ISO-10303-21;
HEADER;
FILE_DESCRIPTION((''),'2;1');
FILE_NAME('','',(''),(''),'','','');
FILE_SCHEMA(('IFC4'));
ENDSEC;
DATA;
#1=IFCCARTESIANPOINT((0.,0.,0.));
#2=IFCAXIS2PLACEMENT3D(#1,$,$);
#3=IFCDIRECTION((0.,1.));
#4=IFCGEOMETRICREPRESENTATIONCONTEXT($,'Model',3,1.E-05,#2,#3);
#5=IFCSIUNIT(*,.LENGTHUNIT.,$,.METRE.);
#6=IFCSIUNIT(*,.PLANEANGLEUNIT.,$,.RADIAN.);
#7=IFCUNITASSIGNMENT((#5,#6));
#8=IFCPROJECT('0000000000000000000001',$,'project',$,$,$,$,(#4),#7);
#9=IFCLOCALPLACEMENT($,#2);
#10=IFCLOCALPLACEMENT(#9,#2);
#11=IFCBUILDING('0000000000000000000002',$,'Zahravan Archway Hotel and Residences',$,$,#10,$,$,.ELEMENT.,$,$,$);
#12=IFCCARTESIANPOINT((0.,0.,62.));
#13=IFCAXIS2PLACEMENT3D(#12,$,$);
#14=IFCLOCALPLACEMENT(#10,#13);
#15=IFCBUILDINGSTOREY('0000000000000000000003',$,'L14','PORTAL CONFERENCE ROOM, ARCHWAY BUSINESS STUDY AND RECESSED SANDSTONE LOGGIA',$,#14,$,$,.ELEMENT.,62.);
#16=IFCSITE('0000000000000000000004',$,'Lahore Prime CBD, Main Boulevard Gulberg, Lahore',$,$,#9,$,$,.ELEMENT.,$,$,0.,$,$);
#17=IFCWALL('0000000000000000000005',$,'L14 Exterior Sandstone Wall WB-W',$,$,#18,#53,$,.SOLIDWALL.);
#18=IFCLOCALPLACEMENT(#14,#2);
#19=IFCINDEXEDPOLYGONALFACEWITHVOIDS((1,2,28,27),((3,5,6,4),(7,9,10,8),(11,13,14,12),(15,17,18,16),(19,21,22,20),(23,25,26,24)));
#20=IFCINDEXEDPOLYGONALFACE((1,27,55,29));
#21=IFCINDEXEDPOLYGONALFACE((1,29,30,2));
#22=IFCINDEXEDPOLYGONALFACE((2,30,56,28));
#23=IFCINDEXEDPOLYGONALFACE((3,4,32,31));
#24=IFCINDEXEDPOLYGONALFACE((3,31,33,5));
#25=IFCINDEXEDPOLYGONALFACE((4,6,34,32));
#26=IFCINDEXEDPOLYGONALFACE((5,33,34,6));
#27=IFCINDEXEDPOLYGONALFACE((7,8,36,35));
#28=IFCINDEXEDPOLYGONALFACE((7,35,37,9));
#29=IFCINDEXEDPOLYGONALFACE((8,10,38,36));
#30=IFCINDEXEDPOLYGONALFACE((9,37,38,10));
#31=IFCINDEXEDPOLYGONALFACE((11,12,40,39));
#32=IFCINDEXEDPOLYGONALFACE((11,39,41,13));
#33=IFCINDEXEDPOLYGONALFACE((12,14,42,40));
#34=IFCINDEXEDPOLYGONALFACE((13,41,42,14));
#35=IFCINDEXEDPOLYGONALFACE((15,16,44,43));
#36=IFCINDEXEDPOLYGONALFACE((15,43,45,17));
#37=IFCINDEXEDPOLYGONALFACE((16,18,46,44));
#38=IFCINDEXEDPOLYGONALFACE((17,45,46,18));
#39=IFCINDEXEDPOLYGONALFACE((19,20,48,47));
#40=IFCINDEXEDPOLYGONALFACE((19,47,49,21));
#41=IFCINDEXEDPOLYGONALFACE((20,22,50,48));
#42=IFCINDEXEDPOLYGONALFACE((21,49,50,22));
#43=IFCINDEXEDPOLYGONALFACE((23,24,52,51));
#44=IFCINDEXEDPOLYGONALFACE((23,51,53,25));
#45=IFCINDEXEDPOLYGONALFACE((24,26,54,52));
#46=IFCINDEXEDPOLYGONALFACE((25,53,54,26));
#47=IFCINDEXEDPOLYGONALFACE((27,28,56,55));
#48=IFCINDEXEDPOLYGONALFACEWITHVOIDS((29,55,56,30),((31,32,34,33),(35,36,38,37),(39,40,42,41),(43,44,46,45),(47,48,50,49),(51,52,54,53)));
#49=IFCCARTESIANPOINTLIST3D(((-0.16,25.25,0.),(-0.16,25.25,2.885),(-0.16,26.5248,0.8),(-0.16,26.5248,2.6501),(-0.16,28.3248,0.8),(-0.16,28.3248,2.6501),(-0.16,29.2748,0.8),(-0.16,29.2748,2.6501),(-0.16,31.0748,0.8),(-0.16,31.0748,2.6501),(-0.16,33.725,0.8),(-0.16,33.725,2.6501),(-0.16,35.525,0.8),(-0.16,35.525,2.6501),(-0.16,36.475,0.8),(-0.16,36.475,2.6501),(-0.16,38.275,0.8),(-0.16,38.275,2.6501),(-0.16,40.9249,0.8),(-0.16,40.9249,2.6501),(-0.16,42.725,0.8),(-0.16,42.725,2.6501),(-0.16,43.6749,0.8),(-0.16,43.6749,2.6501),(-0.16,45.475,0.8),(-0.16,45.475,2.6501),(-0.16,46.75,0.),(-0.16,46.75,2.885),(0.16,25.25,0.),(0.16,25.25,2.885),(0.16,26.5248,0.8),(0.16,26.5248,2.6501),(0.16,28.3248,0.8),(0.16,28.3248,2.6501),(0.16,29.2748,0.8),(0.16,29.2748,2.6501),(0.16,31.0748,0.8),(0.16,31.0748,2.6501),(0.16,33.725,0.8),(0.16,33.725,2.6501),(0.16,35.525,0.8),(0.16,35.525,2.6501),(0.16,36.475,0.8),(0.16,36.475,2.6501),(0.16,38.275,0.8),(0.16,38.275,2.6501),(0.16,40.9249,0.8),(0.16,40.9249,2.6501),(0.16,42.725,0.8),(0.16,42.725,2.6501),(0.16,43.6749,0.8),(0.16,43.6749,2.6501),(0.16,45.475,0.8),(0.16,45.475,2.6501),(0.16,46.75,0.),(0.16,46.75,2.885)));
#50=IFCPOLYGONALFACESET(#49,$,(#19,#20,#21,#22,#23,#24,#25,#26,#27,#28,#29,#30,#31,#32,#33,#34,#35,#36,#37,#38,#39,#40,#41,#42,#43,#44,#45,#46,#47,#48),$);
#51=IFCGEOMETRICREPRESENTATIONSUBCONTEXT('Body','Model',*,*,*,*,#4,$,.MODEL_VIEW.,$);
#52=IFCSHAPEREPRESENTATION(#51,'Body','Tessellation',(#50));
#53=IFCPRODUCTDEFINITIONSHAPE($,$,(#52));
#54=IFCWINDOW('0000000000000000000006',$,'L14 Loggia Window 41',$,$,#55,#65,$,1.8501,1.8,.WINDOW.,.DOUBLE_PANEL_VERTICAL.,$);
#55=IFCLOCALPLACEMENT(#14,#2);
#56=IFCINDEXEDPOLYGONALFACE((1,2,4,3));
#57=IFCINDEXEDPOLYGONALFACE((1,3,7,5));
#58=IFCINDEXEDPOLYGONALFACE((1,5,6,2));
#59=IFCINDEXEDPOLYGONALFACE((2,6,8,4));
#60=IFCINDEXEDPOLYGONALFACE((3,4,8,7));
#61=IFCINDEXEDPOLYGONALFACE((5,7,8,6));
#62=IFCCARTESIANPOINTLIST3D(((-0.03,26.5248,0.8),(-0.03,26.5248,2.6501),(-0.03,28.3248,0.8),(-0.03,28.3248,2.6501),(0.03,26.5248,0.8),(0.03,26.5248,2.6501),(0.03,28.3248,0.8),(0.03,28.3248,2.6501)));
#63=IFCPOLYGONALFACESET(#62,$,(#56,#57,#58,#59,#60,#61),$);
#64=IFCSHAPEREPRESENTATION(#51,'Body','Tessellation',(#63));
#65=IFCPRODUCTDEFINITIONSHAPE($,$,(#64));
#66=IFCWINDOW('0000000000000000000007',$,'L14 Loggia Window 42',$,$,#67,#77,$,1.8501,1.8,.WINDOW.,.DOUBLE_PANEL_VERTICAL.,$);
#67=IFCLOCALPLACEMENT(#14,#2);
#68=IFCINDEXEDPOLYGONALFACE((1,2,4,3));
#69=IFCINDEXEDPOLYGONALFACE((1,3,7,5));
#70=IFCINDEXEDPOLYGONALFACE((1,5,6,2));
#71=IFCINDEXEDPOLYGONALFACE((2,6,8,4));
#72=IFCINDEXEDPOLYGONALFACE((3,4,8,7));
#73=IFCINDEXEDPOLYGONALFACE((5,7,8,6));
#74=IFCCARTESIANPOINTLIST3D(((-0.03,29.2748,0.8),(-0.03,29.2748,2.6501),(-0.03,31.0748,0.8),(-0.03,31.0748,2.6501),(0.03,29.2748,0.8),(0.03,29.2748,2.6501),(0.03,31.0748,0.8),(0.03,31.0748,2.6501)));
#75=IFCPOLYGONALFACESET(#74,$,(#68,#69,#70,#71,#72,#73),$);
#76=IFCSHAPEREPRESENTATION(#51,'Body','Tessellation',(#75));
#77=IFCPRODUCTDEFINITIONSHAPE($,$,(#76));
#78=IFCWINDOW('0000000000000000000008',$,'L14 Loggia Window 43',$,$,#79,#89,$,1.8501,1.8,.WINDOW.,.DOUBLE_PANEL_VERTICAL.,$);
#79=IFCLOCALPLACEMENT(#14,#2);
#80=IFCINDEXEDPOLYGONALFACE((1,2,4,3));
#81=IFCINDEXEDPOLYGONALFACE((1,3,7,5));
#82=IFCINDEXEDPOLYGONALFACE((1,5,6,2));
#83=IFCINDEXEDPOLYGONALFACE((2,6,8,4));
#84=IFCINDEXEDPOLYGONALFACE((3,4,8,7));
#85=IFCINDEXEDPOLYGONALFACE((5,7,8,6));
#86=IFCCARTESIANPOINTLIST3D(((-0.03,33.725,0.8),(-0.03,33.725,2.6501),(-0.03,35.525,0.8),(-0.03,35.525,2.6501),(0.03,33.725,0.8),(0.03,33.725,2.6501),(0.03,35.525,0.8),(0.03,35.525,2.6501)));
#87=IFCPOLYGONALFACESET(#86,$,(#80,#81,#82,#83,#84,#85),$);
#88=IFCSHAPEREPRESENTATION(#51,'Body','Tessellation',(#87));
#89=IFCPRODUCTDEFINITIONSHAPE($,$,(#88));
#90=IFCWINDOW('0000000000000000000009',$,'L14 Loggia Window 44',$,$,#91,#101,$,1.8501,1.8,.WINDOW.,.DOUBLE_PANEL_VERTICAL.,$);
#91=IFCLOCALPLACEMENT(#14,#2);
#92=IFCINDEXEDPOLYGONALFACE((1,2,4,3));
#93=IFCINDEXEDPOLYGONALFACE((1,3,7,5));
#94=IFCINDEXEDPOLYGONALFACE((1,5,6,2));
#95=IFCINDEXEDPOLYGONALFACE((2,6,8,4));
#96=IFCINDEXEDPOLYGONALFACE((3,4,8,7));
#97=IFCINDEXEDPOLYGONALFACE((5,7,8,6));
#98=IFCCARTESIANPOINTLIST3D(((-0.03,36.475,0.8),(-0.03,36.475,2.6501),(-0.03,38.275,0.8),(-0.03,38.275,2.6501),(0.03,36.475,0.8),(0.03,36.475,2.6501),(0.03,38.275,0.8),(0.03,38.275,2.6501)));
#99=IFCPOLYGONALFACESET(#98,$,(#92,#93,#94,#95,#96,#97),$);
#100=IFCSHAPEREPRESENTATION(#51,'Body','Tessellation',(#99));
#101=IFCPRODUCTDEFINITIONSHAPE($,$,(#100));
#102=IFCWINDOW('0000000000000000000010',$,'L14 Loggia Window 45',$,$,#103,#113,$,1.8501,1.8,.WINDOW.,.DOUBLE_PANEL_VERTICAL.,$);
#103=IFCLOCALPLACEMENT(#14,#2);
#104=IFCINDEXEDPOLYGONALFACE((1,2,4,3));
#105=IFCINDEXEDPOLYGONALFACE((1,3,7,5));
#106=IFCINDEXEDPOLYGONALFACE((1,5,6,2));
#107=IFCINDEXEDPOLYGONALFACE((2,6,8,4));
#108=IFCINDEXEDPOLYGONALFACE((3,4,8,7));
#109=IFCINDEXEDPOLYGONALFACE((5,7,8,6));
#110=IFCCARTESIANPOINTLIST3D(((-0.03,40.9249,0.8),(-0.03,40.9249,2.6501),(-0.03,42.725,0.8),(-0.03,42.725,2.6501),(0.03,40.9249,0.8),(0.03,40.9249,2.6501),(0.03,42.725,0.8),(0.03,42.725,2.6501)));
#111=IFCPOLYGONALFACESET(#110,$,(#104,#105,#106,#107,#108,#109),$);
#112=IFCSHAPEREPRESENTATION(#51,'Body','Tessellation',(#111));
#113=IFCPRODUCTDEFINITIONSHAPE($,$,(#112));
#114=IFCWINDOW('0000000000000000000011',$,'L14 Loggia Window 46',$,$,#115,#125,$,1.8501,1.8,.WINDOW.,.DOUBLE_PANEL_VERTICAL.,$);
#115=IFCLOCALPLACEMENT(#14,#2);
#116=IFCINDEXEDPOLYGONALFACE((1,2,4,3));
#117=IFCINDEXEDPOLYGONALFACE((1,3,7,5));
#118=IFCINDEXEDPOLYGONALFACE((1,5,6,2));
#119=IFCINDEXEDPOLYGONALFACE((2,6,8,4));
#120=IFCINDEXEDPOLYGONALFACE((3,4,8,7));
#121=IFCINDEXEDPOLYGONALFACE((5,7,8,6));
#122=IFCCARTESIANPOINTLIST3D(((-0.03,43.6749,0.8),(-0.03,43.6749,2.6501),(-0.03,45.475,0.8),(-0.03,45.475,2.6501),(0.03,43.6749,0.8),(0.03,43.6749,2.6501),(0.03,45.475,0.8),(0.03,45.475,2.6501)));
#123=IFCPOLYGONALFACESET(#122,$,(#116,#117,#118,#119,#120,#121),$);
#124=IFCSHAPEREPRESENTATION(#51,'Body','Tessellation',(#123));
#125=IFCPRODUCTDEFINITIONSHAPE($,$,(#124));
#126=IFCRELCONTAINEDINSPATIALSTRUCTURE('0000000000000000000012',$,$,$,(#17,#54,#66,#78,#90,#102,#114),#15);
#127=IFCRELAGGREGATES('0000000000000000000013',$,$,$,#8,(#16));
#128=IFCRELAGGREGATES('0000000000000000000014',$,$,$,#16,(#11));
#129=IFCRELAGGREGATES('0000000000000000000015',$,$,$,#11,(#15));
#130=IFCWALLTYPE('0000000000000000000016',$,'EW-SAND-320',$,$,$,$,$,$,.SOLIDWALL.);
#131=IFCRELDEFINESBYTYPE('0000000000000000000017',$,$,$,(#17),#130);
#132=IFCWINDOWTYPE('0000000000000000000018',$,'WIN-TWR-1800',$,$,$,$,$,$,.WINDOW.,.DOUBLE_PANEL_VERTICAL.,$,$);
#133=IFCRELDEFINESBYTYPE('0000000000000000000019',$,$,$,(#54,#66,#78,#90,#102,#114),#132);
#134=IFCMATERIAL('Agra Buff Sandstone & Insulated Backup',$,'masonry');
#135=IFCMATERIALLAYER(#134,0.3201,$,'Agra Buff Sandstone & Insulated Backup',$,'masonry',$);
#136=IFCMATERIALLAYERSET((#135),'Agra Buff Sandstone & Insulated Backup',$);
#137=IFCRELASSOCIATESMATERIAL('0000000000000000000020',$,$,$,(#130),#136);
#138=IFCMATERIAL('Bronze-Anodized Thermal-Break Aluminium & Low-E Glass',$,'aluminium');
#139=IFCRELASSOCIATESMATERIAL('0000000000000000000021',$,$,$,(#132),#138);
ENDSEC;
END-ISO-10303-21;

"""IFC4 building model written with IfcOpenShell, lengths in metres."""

from ifc_helpers import new_model, si_unit, direction, frame, frame_2d, origin, place, context, subcontext, project, spatial, rectangle, extrude, source, transform, mapped, material, layer, layer_set, type_object, type_shapes, element, fill, save


model = new_model("IFC4")

# Units and contexts
model_context = context("Model", 3, precision=1e-05, world=origin(), true_north=direction((0.0, 1.0)))
body_context = subcontext(model_context, "Body", "Model", "MODEL_VIEW")
ifc_project = project(units=[si_unit("LENGTHUNIT", "METRE"), si_unit("PLANEANGLEUNIT", "RADIAN")], contexts=[model_context])

# Site, building, storey
site_placement = place(None, origin())
site = spatial("IfcSite", under=ifc_project, at=site_placement, Name="Lahore Prime CBD, Main Boulevard Gulberg, Lahore", CompositionType="ELEMENT", RefElevation=0.0)
building_placement = place(site_placement, origin())
building = spatial("IfcBuilding", under=site, at=building_placement, Name="Zahravan Archway Hotel and Residences", CompositionType="ELEMENT")
storey_placement = place(building_placement, frame((0.0, 0.0, 62.0)))
storey = spatial("IfcBuildingStorey", under=building, at=storey_placement, Name="L14", Description="PORTAL CONFERENCE ROOM, ARCHWAY BUSINESS STUDY AND RECESSED SANDSTONE LOGGIA", CompositionType="ELEMENT", Elevation=62.0)

# Wall, openings, windows
ifc_material_1 = material(Name="Agra Buff Sandstone & Insulated Backup", Category="masonry")
ifc_layer_1 = layer(ifc_material_1, 0.3201, Name="Agra Buff Sandstone & Insulated Backup", Category="masonry")
ifc_layer_set_1 = layer_set([ifc_layer_1], Name="Agra Buff Sandstone & Insulated Backup")
wall_type_1 = type_object("IfcWallType", Name="EW-SAND-320", PredefinedType="SOLIDWALL", material=ifc_layer_set_1)
wall_1_placement = place(storey_placement, frame((0.0, 25.25, 0.0), z_axis=(0.0, 0.0, 1.0), x_axis=(0.0, 1.0, 0.0)))
wall_1 = element("IfcWall", 1, at=wall_1_placement, inside=storey, type_object=wall_type_1, Name="L14 Exterior Sandstone Wall WB-W", PredefinedType="SOLIDWALL", context=body_context, shape_type="SweptSolid", body=[
    extrude(rectangle(XDim=21.5, YDim=0.3201, at=frame_2d((10.75, 0.0))), origin(), (0.0, 0.0, 1.0), 2.885),
])
opening_1_placement = place(wall_1_placement, frame((1.2749, 0.0, 0.8)))
opening_1 = element("IfcOpeningElement", 2, at=opening_1_placement, cuts=wall_1, PredefinedType="OPENING", context=body_context, shape_type="SweptSolid", body=[
    extrude(rectangle(XDim=1.8, YDim=1.8501, at=frame_2d((0.8999, 0.925))), frame((0.0, 0.1699, 0.0), z_axis=(0.0, -1.0, 0.0), x_axis=(1.0, 0.0, 0.0)), (0.0, 0.0, 1.0), 0.3401),
])
opening_2_placement = place(wall_1_placement, frame((4.0249, 0.0, 0.8)))
opening_2 = element("IfcOpeningElement", 3, at=opening_2_placement, cuts=wall_1, PredefinedType="OPENING", context=body_context, shape_type="SweptSolid", body=[
    extrude(rectangle(XDim=1.8, YDim=1.8501, at=frame_2d((0.8999, 0.925))), frame((0.0, 0.1699, 0.0), z_axis=(0.0, -1.0, 0.0), x_axis=(1.0, 0.0, 0.0)), (0.0, 0.0, 1.0), 0.3401),
])
opening_3_placement = place(wall_1_placement, frame((8.4751, 0.0, 0.8)))
opening_3 = element("IfcOpeningElement", 4, at=opening_3_placement, cuts=wall_1, PredefinedType="OPENING", context=body_context, shape_type="SweptSolid", body=[
    extrude(rectangle(XDim=1.8, YDim=1.8501, at=frame_2d((0.8999, 0.925))), frame((0.0, 0.1699, 0.0), z_axis=(0.0, -1.0, 0.0), x_axis=(1.0, 0.0, 0.0)), (0.0, 0.0, 1.0), 0.3401),
])
opening_4_placement = place(wall_1_placement, frame((11.2251, 0.0, 0.8)))
opening_4 = element("IfcOpeningElement", 5, at=opening_4_placement, cuts=wall_1, PredefinedType="OPENING", context=body_context, shape_type="SweptSolid", body=[
    extrude(rectangle(XDim=1.8, YDim=1.8501, at=frame_2d((0.8999, 0.925))), frame((0.0, 0.1699, 0.0), z_axis=(0.0, -1.0, 0.0), x_axis=(1.0, 0.0, 0.0)), (0.0, 0.0, 1.0), 0.3401),
])
opening_5_placement = place(wall_1_placement, frame((15.675, 0.0, 0.8)))
opening_5 = element("IfcOpeningElement", 6, at=opening_5_placement, cuts=wall_1, PredefinedType="OPENING", context=body_context, shape_type="SweptSolid", body=[
    extrude(rectangle(XDim=1.8, YDim=1.8501, at=frame_2d((0.8999, 0.925))), frame((0.0, 0.1699, 0.0), z_axis=(0.0, -1.0, 0.0), x_axis=(1.0, 0.0, 0.0)), (0.0, 0.0, 1.0), 0.3401),
])
opening_6_placement = place(wall_1_placement, frame((18.425, 0.0, 0.8)))
opening_6 = element("IfcOpeningElement", 7, at=opening_6_placement, cuts=wall_1, PredefinedType="OPENING", context=body_context, shape_type="SweptSolid", body=[
    extrude(rectangle(XDim=1.8, YDim=1.8501, at=frame_2d((0.8999, 0.925))), frame((0.0, 0.1699, 0.0), z_axis=(0.0, -1.0, 0.0), x_axis=(1.0, 0.0, 0.0)), (0.0, 0.0, 1.0), 0.3401),
])
ifc_material_2 = material(Name="Bronze-Anodized Thermal-Break Aluminium & Low-E Glass", Category="aluminium")
window_type = type_object("IfcWindowType", Name="WIN-TWR-1800", PartitioningType="DOUBLE_PANEL_VERTICAL", PredefinedType="WINDOW", material=ifc_material_2)
shared_shape_1 = source(origin(), body_context, "Body", "SweptSolid", [
    extrude(rectangle(XDim=1.8, YDim=1.8501, at=frame_2d((0.8999, 0.925))), frame((0.0, 0.03, 0.0), z_axis=(0.0, -1.0, 0.0), x_axis=(1.0, 0.0, 0.0)), (0.0, 0.0, 1.0), 0.0601),
])
type_shapes(window_type, [shared_shape_1])
window_1_placement = place(opening_1_placement, origin())
window_1 = element("IfcWindow", 8, at=window_1_placement, inside=storey, type_object=window_type, Name="L14 Loggia Window 41", OverallHeight=1.8501, OverallWidth=1.8, PartitioningType="DOUBLE_PANEL_VERTICAL", PredefinedType="WINDOW", context=body_context, shape_type="MappedRepresentation", body=[
    mapped(shared_shape_1, transform((0.0, 0.0, 0.0), scale=1.0)),
])
fill(opening_1, window_1)
window_2_placement = place(opening_2_placement, origin())
window_2 = element("IfcWindow", 9, at=window_2_placement, inside=storey, type_object=window_type, Name="L14 Loggia Window 42", OverallHeight=1.8501, OverallWidth=1.8, PartitioningType="DOUBLE_PANEL_VERTICAL", PredefinedType="WINDOW", context=body_context, shape_type="MappedRepresentation", body=[
    mapped(shared_shape_1, transform((0.0, 0.0, 0.0), scale=1.0)),
])
fill(opening_2, window_2)
window_3_placement = place(opening_3_placement, origin())
window_3 = element("IfcWindow", 10, at=window_3_placement, inside=storey, type_object=window_type, Name="L14 Loggia Window 43", OverallHeight=1.8501, OverallWidth=1.8, PartitioningType="DOUBLE_PANEL_VERTICAL", PredefinedType="WINDOW", context=body_context, shape_type="MappedRepresentation", body=[
    mapped(shared_shape_1, transform((0.0, 0.0, 0.0), scale=1.0)),
])
fill(opening_3, window_3)
window_4_placement = place(opening_4_placement, origin())
window_4 = element("IfcWindow", 11, at=window_4_placement, inside=storey, type_object=window_type, Name="L14 Loggia Window 44", OverallHeight=1.8501, OverallWidth=1.8, PartitioningType="DOUBLE_PANEL_VERTICAL", PredefinedType="WINDOW", context=body_context, shape_type="MappedRepresentation", body=[
    mapped(shared_shape_1, transform((0.0, 0.0, 0.0), scale=1.0)),
])
fill(opening_4, window_4)
window_5_placement = place(opening_5_placement, origin())
window_5 = element("IfcWindow", 12, at=window_5_placement, inside=storey, type_object=window_type, Name="L14 Loggia Window 45", OverallHeight=1.8501, OverallWidth=1.8, PartitioningType="DOUBLE_PANEL_VERTICAL", PredefinedType="WINDOW", context=body_context, shape_type="MappedRepresentation", body=[
    mapped(shared_shape_1, transform((0.0, 0.0, 0.0), scale=1.0)),
])
fill(opening_5, window_5)
window_6_placement = place(opening_6_placement, origin())
window_6 = element("IfcWindow", 13, at=window_6_placement, inside=storey, type_object=window_type, Name="L14 Loggia Window 46", OverallHeight=1.8501, OverallWidth=1.8, PartitioningType="DOUBLE_PANEL_VERTICAL", PredefinedType="WINDOW", context=body_context, shape_type="MappedRepresentation", body=[
    mapped(shared_shape_1, transform((0.0, 0.0, 0.0), scale=1.0)),
])
fill(opening_6, window_6)

save(model, "model.ifc")
